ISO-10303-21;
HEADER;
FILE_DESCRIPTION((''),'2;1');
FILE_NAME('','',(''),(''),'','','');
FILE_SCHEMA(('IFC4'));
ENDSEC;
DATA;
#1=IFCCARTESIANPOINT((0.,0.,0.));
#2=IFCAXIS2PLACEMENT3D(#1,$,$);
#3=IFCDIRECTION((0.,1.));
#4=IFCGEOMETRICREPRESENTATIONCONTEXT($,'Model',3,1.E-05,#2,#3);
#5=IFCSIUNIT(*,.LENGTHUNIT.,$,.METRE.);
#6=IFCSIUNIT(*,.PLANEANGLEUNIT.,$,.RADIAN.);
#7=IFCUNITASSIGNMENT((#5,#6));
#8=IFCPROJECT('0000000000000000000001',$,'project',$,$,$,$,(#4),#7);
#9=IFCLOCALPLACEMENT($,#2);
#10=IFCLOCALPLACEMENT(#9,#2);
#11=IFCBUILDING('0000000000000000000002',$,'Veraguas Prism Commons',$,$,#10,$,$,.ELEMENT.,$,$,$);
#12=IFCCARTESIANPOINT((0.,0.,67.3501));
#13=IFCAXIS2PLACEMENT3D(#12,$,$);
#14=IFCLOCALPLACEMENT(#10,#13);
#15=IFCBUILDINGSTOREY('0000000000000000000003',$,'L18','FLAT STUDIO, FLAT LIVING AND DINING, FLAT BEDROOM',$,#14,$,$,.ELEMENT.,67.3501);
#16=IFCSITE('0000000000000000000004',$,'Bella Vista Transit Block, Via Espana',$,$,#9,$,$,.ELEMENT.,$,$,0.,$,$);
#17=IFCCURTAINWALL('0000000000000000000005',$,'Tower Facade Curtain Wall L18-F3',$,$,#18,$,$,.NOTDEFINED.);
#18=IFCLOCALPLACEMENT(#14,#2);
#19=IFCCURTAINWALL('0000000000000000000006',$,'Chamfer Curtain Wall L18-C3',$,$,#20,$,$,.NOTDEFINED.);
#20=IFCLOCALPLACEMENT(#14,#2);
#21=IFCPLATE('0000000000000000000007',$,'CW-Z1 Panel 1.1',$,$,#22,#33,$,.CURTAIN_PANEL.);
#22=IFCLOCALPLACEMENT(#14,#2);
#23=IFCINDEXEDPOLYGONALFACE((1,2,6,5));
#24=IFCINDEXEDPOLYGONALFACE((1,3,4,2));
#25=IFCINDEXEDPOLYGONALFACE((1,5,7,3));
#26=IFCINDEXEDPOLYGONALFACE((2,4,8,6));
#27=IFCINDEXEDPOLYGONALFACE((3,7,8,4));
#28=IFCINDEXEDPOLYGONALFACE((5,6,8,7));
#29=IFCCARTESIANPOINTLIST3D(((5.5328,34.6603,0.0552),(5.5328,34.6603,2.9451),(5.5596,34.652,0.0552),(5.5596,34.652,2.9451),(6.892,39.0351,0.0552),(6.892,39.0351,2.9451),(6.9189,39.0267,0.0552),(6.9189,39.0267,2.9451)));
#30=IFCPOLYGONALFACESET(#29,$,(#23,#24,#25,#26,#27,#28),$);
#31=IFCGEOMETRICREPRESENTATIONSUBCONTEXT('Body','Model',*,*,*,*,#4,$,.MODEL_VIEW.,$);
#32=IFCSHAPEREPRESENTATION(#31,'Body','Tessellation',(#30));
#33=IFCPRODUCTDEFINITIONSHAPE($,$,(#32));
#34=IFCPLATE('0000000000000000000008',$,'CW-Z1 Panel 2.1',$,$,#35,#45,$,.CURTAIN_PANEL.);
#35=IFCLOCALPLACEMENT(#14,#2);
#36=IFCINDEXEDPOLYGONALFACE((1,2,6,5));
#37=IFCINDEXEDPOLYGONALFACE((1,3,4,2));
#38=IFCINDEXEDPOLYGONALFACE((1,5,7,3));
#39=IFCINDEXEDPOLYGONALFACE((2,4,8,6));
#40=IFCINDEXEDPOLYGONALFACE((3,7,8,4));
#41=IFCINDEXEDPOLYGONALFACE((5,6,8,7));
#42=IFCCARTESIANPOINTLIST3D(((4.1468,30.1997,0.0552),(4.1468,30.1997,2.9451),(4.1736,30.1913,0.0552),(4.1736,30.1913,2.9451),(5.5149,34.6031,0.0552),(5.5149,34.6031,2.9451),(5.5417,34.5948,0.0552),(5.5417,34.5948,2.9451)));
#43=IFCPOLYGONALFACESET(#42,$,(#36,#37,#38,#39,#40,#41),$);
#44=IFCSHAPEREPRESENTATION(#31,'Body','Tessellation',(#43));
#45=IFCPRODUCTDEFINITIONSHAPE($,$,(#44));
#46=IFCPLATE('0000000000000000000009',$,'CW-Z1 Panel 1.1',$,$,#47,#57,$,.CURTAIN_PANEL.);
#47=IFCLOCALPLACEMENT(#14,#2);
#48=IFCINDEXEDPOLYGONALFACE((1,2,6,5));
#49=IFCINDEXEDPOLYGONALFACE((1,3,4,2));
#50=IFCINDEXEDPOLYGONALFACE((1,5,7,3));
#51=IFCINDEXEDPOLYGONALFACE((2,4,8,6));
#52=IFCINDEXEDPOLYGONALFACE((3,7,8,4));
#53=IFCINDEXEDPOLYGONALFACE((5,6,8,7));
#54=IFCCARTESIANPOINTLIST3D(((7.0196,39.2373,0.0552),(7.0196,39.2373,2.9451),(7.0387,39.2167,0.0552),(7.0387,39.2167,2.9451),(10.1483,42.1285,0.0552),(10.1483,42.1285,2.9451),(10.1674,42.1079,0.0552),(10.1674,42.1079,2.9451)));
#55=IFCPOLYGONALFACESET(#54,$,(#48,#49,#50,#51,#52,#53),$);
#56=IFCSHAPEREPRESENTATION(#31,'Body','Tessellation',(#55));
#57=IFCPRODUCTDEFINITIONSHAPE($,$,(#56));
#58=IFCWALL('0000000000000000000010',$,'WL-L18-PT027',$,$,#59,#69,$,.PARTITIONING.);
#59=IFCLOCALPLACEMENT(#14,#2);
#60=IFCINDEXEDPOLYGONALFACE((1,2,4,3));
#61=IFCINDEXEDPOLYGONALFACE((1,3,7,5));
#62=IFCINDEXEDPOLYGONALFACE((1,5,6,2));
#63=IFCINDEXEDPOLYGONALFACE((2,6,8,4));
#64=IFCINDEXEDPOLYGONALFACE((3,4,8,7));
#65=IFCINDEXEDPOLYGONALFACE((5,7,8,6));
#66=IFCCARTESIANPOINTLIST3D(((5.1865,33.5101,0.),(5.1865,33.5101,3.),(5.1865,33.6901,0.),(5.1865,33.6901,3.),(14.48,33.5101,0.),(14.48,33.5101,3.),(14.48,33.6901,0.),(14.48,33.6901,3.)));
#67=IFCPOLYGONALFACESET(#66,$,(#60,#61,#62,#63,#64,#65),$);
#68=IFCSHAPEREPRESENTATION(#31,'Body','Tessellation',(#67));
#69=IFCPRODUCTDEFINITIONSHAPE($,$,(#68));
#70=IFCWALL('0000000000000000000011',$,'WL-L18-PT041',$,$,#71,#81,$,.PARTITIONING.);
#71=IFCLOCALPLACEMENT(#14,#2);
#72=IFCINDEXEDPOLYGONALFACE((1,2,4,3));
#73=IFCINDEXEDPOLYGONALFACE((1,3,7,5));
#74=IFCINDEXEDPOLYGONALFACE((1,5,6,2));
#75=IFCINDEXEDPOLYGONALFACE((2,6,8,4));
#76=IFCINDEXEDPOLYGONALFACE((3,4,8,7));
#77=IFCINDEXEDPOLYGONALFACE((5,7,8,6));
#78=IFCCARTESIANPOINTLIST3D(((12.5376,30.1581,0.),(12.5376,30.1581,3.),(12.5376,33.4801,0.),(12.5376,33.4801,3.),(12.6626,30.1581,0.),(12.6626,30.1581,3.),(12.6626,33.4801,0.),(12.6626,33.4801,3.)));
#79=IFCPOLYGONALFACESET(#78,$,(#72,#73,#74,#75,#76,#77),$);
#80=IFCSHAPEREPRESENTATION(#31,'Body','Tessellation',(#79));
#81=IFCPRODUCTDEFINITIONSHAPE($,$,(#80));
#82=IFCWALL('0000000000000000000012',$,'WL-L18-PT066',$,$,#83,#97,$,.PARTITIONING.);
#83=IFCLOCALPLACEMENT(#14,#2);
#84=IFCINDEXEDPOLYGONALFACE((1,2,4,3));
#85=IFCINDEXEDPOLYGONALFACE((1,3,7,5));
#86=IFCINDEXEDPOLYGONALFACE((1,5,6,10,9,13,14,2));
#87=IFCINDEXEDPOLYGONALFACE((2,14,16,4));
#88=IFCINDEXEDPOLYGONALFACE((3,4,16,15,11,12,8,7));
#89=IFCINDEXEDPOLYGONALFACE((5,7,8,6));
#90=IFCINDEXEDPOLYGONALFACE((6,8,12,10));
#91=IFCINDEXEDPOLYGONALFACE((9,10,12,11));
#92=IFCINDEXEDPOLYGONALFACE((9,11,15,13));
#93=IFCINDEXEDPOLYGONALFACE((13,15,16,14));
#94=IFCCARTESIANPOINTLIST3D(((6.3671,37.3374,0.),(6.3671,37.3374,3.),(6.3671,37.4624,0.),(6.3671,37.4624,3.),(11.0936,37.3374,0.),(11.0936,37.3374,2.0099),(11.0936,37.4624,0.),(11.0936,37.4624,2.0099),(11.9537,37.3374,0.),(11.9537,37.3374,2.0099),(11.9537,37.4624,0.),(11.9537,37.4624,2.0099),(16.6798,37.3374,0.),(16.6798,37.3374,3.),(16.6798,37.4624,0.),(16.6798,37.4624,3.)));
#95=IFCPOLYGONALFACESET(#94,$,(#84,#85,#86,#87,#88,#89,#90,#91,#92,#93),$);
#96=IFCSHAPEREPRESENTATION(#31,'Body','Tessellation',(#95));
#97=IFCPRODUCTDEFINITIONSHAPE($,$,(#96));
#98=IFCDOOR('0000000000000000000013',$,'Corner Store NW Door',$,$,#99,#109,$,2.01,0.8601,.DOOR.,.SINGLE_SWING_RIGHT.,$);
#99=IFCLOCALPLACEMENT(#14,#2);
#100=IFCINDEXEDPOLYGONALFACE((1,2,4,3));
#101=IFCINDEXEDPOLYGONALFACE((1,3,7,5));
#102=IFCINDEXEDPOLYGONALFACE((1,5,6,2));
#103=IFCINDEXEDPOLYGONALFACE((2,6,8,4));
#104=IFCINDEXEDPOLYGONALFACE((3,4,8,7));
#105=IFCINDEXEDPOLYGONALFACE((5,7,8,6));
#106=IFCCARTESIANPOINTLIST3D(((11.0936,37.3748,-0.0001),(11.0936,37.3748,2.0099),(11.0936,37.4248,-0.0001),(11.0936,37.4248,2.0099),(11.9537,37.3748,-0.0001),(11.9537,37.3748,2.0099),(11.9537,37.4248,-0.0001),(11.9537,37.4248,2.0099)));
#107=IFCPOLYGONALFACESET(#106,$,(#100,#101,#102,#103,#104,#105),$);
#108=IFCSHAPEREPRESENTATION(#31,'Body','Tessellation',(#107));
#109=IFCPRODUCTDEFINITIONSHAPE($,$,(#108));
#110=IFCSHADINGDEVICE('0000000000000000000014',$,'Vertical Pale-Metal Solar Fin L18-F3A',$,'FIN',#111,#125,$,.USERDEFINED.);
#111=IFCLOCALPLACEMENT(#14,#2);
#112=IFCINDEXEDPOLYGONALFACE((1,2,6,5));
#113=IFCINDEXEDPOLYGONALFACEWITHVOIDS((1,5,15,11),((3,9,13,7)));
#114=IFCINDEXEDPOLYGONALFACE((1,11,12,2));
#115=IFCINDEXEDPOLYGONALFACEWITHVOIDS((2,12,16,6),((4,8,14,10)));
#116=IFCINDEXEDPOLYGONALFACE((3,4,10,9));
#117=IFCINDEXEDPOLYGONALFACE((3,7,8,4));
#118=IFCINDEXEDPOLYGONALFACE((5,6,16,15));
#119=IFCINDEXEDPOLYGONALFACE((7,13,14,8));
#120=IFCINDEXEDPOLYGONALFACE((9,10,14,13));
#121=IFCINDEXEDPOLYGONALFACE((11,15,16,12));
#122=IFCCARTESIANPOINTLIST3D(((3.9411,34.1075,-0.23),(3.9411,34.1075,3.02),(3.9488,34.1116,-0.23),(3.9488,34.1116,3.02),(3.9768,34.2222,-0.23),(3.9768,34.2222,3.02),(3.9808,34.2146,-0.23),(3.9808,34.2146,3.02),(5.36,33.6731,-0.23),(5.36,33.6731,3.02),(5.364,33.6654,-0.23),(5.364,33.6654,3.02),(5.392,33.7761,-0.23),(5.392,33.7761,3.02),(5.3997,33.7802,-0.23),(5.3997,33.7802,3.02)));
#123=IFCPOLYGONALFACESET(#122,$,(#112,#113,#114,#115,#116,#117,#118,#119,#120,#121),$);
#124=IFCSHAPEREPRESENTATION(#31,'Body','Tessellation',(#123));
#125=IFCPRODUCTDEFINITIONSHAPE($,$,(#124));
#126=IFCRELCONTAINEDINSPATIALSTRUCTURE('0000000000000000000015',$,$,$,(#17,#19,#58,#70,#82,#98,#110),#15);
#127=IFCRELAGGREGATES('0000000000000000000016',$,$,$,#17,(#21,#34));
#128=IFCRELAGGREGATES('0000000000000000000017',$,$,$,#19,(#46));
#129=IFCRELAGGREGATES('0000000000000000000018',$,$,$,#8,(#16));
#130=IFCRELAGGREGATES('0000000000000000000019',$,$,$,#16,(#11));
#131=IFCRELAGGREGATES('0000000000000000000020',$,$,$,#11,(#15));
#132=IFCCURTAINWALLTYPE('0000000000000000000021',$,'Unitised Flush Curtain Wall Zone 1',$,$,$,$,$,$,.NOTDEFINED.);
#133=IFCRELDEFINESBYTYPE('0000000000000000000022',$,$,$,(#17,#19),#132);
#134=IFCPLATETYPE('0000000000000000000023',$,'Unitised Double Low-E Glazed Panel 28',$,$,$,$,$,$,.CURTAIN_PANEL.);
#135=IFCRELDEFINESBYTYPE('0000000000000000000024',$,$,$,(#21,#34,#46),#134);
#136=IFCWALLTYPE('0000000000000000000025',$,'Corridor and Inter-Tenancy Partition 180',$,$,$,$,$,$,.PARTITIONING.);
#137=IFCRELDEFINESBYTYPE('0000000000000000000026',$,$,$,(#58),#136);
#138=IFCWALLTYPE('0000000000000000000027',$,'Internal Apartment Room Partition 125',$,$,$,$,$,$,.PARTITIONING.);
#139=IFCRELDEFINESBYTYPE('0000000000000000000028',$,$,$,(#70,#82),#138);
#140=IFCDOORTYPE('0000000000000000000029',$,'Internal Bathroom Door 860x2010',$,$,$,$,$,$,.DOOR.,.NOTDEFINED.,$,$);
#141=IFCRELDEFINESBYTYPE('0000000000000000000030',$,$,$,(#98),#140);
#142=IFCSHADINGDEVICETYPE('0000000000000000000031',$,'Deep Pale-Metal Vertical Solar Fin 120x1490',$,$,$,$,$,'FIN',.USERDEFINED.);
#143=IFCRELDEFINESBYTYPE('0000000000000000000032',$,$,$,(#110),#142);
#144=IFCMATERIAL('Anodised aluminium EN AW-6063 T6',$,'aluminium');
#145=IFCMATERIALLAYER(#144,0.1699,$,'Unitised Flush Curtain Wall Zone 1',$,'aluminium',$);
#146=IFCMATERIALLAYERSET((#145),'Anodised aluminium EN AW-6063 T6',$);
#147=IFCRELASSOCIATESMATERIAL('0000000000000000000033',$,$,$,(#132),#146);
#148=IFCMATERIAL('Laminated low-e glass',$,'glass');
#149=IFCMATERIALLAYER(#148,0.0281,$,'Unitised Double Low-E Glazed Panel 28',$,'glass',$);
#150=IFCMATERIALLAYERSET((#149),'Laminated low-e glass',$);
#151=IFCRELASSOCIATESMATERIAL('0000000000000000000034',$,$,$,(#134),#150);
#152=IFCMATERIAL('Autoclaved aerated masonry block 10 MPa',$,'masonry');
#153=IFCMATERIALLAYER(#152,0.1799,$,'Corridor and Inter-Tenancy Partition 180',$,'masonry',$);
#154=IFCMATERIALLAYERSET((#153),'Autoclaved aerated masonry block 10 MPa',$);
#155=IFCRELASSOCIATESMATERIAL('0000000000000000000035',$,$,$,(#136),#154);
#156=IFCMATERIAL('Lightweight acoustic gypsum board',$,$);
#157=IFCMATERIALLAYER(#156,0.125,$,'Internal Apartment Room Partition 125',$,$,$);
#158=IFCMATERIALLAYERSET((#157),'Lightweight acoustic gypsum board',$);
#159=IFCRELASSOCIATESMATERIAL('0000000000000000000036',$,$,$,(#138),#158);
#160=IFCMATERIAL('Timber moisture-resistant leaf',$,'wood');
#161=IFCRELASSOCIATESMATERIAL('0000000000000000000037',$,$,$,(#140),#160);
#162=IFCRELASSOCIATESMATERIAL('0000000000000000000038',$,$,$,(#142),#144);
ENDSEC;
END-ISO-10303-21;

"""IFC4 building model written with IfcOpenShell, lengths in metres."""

from ifc_helpers import new_model, si_unit, direction, frame, frame_2d, origin, origin_2d, place, context, subcontext, project, spatial, rectangle, hollow_rectangle, extrude, source, transform, mapped, material, layer, layer_set, material_profile, profile_set, type_object, element, fill, aggregate, save


model = new_model("IFC4")

# Units and contexts
model_context = context("Model", 3, precision=1e-05, world=origin(), true_north=direction((0.0, 1.0)))
body_context = subcontext(model_context, "Body", "Model", "MODEL_VIEW")
ifc_project = project(units=[si_unit("LENGTHUNIT", "METRE"), si_unit("PLANEANGLEUNIT", "RADIAN")], contexts=[model_context])

# Site, building, storey
site_placement = place(None, origin())
site = spatial("IfcSite", under=ifc_project, at=site_placement, Name="Bella Vista Transit Block, Via Espana", CompositionType="ELEMENT", RefElevation=0.0)
building_placement = place(site_placement, origin())
building = spatial("IfcBuilding", under=site, at=building_placement, Name="Veraguas Prism Commons", CompositionType="ELEMENT")
storey_placement = place(building_placement, frame((0.0, 0.0, 67.3501)))
storey = spatial("IfcBuildingStorey", under=building, at=storey_placement, Name="L18", Description="FLAT STUDIO, FLAT LIVING AND DINING, FLAT BEDROOM", CompositionType="ELEMENT", Elevation=67.3501)

# Curtain wall
ifc_material_1 = material(Name="Anodised aluminium EN AW-6063 T6", Category="aluminium")
ifc_layer_1 = layer(ifc_material_1, 0.1699, Name="Unitised Flush Curtain Wall Zone 1", Category="aluminium")
ifc_layer_set_1 = layer_set([ifc_layer_1], Name="Anodised aluminium EN AW-6063 T6")
curtain_wall_type = type_object("IfcCurtainWallType", Name="Unitised Flush Curtain Wall Zone 1", PredefinedType="NOTDEFINED", material=ifc_layer_set_1)
curtain_wall_1_placement = place(storey_placement, origin())
curtain_wall_1 = element("IfcCurtainWall", 1, at=curtain_wall_1_placement, inside=storey, type_object=curtain_wall_type, Name="Tower Facade Curtain Wall L18-F3", PredefinedType="NOTDEFINED")

# Curtain wall
curtain_wall_2_placement = place(storey_placement, origin())
curtain_wall_2 = element("IfcCurtainWall", 2, at=curtain_wall_2_placement, inside=storey, type_object=curtain_wall_type, Name="Chamfer Curtain Wall L18-C3", PredefinedType="NOTDEFINED")

# Plates
ifc_material_2 = material(Name="Laminated low-e glass", Category="glass")
ifc_layer_2 = layer(ifc_material_2, 0.0281, Name="Unitised Double Low-E Glazed Panel 28", Category="glass")
ifc_layer_set_2 = layer_set([ifc_layer_2], Name="Laminated low-e glass")
plate_type = type_object("IfcPlateType", Name="Unitised Double Low-E Glazed Panel 28", PredefinedType="CURTAIN_PANEL", material=ifc_layer_set_2)
shared_shape_1 = source(origin(), body_context, "Body", "SweptSolid", [
    extrude(rectangle(XDim=4.5811, YDim=0.0281, at=origin_2d()), origin(), (0.0, 0.0, 1.0), 2.8899),
])
plate_1_placement = place(storey_placement, frame((6.2258, 36.8435, 0.0552), z_axis=(0.0, 0.0, 1.0), x_axis=(-0.29671, -0.954968, 0.0)))
plate_1 = element("IfcPlate", 3, at=plate_1_placement, type_object=plate_type, Name="CW-Z1 Panel 1.1", PredefinedType="CURTAIN_PANEL", context=body_context, shape_type="MappedRepresentation", body=[
    mapped(shared_shape_1, transform((0.0, 0.0, 0.0), scale=1.0)),
])
shared_shape_2 = source(origin(), body_context, "Body", "SweptSolid", [
    extrude(rectangle(XDim=4.6111, YDim=0.0281, at=origin_2d()), origin(), (0.0, 0.0, 1.0), 2.8899),
])
plate_2_placement = place(storey_placement, frame((4.8442, 32.3972, 0.0552), z_axis=(0.0, 0.0, 1.0), x_axis=(-0.29671, -0.954968, 0.0)))
plate_2 = element("IfcPlate", 4, at=plate_2_placement, type_object=plate_type, Name="CW-Z1 Panel 2.1", PredefinedType="CURTAIN_PANEL", context=body_context, shape_type="MappedRepresentation", body=[
    mapped(shared_shape_2, transform((0.0, 0.0, 0.0), scale=1.0)),
])
aggregate(curtain_wall_1, [plate_1, plate_2])
shared_shape_3 = source(origin(), body_context, "Body", "SweptSolid", [
    extrude(rectangle(XDim=4.26, YDim=0.0281, at=origin_2d()), origin(), (0.0, 0.0, 1.0), 2.8899),
])
plate_3_placement = place(storey_placement, frame((8.5935, 40.6726, 0.0552), z_axis=(0.0, 0.0, 1.0), x_axis=(-0.734434, -0.67868, 0.0)))
plate_3 = element("IfcPlate", 5, at=plate_3_placement, type_object=plate_type, Name="CW-Z1 Panel 1.1", PredefinedType="CURTAIN_PANEL", context=body_context, shape_type="MappedRepresentation", body=[
    mapped(shared_shape_3, transform((0.0, 0.0, 0.0), scale=1.0)),
])
aggregate(curtain_wall_2, [plate_3])

# Walls
ifc_material_3 = material(Name="Autoclaved aerated masonry block 10 MPa", Category="masonry")
ifc_layer_3 = layer(ifc_material_3, 0.1799, Name="Corridor and Inter-Tenancy Partition 180", Category="masonry")
ifc_layer_set_3 = layer_set([ifc_layer_3], Name="Autoclaved aerated masonry block 10 MPa")
wall_type_1 = type_object("IfcWallType", Name="Corridor and Inter-Tenancy Partition 180", PredefinedType="PARTITIONING", material=ifc_layer_set_3)
wall_1_placement = place(storey_placement, frame((14.48, 33.6001, 0.0), z_axis=(0.0, 0.0, 1.0), x_axis=(-1.0, 0.0, 0.0)))
element("IfcWall", 6, at=wall_1_placement, inside=storey, type_object=wall_type_1, Name="WL-L18-PT027", PredefinedType="PARTITIONING", context=body_context, shape_type="SweptSolid", body=[
    extrude(rectangle(XDim=9.2935, YDim=0.1799, at=frame_2d((4.6467, 0.0))), origin(), (0.0, 0.0, 1.0), 3.0),
])
ifc_material_4 = material(Name="Lightweight acoustic gypsum board")
ifc_layer_4 = layer(ifc_material_4, 0.125, Name="Internal Apartment Room Partition 125")
ifc_layer_set_4 = layer_set([ifc_layer_4], Name="Lightweight acoustic gypsum board")
wall_type_2 = type_object("IfcWallType", Name="Internal Apartment Room Partition 125", PredefinedType="PARTITIONING", material=ifc_layer_set_4)
wall_2_placement = place(storey_placement, frame((12.6001, 30.158, 0.0), z_axis=(0.0, 0.0, 1.0), x_axis=(0.0, 1.0, 0.0)))
element("IfcWall", 7, at=wall_2_placement, inside=storey, type_object=wall_type_2, Name="WL-L18-PT041", PredefinedType="PARTITIONING", context=body_context, shape_type="SweptSolid", body=[
    extrude(rectangle(XDim=3.322, YDim=0.125, at=frame_2d((1.6611, 0.0))), origin(), (0.0, 0.0, 1.0), 3.0),
])

# Wall, opening, door
wall_3_placement = place(storey_placement, frame((6.3672, 37.3999, 0.0), z_axis=(0.0, 0.0, 1.0), x_axis=(1.0, 0.0, 0.0)))
wall_3 = element("IfcWall", 8, at=wall_3_placement, inside=storey, type_object=wall_type_2, Name="WL-L18-PT066", PredefinedType="PARTITIONING", context=body_context, shape_type="SweptSolid", body=[
    extrude(rectangle(XDim=10.3127, YDim=0.125, at=frame_2d((5.1562, 0.0))), origin(), (0.0, 0.0, 1.0), 3.0),
])
opening_placement = place(wall_3_placement, frame((4.7263, 0.0, 0.0)))
opening = element("IfcOpeningElement", 9, at=opening_placement, cuts=wall_3, PredefinedType="OPENING", context=body_context, shape_type="SweptSolid", body=[
    extrude(rectangle(XDim=0.8601, YDim=2.01, at=frame_2d((0.4302, 1.0049))), frame((0.0, 0.0725, 0.0), z_axis=(0.0, -1.0, 0.0), x_axis=(1.0, 0.0, 0.0)), (0.0, 0.0, 1.0), 0.145),
])
ifc_material_5 = material(Name="Timber moisture-resistant leaf", Category="wood")
door_type = type_object("IfcDoorType", Name="Internal Bathroom Door 860x2010", OperationType="NOTDEFINED", PredefinedType="DOOR", material=ifc_material_5)
shared_shape_4 = source(origin(), body_context, "Body", "SweptSolid", [
    extrude(rectangle(XDim=0.8601, YDim=2.01, at=frame_2d((0.4302, 1.0049))), frame((0.0, 0.0249, 0.0), z_axis=(0.0, -1.0, 0.0), x_axis=(1.0, 0.0, 0.0)), (0.0, 0.0, 1.0), 0.05),
])
door_placement = place(opening_placement, origin())
door = element("IfcDoor", 10, at=door_placement, inside=storey, type_object=door_type, Name="Corner Store NW Door", OperationType="SINGLE_SWING_RIGHT", OverallHeight=2.01, OverallWidth=0.8601, PredefinedType="DOOR", context=body_context, shape_type="MappedRepresentation", body=[
    mapped(shared_shape_4, transform((0.0, 0.0, 0.0), scale=1.0)),
])
fill(opening, door)

# Shading device
ifc_material_profile_1 = material_profile(ifc_material_1, hollow_rectangle(XDim=0.1201, YDim=1.49, WallThickness=0.0061, at=origin_2d()), Name="FIN120X1490X6")
ifc_profile_set_1 = profile_set([ifc_material_profile_1], Name="Anodised aluminium EN AW-6063 T6")
shading_device_type = type_object("IfcShadingDeviceType", Name="Deep Pale-Metal Vertical Solar Fin 120x1490", ElementType="FIN", PredefinedType="USERDEFINED", material=ifc_profile_set_1)
shading_device_placement = place(storey_placement, frame((4.6704, 33.9438, -0.23), z_axis=(0.0, 0.0, 1.0), x_axis=(-0.29671, -0.954968, 0.0)))
element("IfcShadingDevice", 11, at=shading_device_placement, inside=storey, type_object=shading_device_type, Name="Vertical Pale-Metal Solar Fin L18-F3A", ObjectType="FIN", PredefinedType="USERDEFINED", context=body_context, shape_type="SweptSolid", body=[
    extrude(hollow_rectangle(XDim=0.1201, YDim=1.49, WallThickness=0.0061, at=origin_2d()), origin(), (0.0, 0.0, 1.0), 3.25),
])

save(model, "model.ifc")
